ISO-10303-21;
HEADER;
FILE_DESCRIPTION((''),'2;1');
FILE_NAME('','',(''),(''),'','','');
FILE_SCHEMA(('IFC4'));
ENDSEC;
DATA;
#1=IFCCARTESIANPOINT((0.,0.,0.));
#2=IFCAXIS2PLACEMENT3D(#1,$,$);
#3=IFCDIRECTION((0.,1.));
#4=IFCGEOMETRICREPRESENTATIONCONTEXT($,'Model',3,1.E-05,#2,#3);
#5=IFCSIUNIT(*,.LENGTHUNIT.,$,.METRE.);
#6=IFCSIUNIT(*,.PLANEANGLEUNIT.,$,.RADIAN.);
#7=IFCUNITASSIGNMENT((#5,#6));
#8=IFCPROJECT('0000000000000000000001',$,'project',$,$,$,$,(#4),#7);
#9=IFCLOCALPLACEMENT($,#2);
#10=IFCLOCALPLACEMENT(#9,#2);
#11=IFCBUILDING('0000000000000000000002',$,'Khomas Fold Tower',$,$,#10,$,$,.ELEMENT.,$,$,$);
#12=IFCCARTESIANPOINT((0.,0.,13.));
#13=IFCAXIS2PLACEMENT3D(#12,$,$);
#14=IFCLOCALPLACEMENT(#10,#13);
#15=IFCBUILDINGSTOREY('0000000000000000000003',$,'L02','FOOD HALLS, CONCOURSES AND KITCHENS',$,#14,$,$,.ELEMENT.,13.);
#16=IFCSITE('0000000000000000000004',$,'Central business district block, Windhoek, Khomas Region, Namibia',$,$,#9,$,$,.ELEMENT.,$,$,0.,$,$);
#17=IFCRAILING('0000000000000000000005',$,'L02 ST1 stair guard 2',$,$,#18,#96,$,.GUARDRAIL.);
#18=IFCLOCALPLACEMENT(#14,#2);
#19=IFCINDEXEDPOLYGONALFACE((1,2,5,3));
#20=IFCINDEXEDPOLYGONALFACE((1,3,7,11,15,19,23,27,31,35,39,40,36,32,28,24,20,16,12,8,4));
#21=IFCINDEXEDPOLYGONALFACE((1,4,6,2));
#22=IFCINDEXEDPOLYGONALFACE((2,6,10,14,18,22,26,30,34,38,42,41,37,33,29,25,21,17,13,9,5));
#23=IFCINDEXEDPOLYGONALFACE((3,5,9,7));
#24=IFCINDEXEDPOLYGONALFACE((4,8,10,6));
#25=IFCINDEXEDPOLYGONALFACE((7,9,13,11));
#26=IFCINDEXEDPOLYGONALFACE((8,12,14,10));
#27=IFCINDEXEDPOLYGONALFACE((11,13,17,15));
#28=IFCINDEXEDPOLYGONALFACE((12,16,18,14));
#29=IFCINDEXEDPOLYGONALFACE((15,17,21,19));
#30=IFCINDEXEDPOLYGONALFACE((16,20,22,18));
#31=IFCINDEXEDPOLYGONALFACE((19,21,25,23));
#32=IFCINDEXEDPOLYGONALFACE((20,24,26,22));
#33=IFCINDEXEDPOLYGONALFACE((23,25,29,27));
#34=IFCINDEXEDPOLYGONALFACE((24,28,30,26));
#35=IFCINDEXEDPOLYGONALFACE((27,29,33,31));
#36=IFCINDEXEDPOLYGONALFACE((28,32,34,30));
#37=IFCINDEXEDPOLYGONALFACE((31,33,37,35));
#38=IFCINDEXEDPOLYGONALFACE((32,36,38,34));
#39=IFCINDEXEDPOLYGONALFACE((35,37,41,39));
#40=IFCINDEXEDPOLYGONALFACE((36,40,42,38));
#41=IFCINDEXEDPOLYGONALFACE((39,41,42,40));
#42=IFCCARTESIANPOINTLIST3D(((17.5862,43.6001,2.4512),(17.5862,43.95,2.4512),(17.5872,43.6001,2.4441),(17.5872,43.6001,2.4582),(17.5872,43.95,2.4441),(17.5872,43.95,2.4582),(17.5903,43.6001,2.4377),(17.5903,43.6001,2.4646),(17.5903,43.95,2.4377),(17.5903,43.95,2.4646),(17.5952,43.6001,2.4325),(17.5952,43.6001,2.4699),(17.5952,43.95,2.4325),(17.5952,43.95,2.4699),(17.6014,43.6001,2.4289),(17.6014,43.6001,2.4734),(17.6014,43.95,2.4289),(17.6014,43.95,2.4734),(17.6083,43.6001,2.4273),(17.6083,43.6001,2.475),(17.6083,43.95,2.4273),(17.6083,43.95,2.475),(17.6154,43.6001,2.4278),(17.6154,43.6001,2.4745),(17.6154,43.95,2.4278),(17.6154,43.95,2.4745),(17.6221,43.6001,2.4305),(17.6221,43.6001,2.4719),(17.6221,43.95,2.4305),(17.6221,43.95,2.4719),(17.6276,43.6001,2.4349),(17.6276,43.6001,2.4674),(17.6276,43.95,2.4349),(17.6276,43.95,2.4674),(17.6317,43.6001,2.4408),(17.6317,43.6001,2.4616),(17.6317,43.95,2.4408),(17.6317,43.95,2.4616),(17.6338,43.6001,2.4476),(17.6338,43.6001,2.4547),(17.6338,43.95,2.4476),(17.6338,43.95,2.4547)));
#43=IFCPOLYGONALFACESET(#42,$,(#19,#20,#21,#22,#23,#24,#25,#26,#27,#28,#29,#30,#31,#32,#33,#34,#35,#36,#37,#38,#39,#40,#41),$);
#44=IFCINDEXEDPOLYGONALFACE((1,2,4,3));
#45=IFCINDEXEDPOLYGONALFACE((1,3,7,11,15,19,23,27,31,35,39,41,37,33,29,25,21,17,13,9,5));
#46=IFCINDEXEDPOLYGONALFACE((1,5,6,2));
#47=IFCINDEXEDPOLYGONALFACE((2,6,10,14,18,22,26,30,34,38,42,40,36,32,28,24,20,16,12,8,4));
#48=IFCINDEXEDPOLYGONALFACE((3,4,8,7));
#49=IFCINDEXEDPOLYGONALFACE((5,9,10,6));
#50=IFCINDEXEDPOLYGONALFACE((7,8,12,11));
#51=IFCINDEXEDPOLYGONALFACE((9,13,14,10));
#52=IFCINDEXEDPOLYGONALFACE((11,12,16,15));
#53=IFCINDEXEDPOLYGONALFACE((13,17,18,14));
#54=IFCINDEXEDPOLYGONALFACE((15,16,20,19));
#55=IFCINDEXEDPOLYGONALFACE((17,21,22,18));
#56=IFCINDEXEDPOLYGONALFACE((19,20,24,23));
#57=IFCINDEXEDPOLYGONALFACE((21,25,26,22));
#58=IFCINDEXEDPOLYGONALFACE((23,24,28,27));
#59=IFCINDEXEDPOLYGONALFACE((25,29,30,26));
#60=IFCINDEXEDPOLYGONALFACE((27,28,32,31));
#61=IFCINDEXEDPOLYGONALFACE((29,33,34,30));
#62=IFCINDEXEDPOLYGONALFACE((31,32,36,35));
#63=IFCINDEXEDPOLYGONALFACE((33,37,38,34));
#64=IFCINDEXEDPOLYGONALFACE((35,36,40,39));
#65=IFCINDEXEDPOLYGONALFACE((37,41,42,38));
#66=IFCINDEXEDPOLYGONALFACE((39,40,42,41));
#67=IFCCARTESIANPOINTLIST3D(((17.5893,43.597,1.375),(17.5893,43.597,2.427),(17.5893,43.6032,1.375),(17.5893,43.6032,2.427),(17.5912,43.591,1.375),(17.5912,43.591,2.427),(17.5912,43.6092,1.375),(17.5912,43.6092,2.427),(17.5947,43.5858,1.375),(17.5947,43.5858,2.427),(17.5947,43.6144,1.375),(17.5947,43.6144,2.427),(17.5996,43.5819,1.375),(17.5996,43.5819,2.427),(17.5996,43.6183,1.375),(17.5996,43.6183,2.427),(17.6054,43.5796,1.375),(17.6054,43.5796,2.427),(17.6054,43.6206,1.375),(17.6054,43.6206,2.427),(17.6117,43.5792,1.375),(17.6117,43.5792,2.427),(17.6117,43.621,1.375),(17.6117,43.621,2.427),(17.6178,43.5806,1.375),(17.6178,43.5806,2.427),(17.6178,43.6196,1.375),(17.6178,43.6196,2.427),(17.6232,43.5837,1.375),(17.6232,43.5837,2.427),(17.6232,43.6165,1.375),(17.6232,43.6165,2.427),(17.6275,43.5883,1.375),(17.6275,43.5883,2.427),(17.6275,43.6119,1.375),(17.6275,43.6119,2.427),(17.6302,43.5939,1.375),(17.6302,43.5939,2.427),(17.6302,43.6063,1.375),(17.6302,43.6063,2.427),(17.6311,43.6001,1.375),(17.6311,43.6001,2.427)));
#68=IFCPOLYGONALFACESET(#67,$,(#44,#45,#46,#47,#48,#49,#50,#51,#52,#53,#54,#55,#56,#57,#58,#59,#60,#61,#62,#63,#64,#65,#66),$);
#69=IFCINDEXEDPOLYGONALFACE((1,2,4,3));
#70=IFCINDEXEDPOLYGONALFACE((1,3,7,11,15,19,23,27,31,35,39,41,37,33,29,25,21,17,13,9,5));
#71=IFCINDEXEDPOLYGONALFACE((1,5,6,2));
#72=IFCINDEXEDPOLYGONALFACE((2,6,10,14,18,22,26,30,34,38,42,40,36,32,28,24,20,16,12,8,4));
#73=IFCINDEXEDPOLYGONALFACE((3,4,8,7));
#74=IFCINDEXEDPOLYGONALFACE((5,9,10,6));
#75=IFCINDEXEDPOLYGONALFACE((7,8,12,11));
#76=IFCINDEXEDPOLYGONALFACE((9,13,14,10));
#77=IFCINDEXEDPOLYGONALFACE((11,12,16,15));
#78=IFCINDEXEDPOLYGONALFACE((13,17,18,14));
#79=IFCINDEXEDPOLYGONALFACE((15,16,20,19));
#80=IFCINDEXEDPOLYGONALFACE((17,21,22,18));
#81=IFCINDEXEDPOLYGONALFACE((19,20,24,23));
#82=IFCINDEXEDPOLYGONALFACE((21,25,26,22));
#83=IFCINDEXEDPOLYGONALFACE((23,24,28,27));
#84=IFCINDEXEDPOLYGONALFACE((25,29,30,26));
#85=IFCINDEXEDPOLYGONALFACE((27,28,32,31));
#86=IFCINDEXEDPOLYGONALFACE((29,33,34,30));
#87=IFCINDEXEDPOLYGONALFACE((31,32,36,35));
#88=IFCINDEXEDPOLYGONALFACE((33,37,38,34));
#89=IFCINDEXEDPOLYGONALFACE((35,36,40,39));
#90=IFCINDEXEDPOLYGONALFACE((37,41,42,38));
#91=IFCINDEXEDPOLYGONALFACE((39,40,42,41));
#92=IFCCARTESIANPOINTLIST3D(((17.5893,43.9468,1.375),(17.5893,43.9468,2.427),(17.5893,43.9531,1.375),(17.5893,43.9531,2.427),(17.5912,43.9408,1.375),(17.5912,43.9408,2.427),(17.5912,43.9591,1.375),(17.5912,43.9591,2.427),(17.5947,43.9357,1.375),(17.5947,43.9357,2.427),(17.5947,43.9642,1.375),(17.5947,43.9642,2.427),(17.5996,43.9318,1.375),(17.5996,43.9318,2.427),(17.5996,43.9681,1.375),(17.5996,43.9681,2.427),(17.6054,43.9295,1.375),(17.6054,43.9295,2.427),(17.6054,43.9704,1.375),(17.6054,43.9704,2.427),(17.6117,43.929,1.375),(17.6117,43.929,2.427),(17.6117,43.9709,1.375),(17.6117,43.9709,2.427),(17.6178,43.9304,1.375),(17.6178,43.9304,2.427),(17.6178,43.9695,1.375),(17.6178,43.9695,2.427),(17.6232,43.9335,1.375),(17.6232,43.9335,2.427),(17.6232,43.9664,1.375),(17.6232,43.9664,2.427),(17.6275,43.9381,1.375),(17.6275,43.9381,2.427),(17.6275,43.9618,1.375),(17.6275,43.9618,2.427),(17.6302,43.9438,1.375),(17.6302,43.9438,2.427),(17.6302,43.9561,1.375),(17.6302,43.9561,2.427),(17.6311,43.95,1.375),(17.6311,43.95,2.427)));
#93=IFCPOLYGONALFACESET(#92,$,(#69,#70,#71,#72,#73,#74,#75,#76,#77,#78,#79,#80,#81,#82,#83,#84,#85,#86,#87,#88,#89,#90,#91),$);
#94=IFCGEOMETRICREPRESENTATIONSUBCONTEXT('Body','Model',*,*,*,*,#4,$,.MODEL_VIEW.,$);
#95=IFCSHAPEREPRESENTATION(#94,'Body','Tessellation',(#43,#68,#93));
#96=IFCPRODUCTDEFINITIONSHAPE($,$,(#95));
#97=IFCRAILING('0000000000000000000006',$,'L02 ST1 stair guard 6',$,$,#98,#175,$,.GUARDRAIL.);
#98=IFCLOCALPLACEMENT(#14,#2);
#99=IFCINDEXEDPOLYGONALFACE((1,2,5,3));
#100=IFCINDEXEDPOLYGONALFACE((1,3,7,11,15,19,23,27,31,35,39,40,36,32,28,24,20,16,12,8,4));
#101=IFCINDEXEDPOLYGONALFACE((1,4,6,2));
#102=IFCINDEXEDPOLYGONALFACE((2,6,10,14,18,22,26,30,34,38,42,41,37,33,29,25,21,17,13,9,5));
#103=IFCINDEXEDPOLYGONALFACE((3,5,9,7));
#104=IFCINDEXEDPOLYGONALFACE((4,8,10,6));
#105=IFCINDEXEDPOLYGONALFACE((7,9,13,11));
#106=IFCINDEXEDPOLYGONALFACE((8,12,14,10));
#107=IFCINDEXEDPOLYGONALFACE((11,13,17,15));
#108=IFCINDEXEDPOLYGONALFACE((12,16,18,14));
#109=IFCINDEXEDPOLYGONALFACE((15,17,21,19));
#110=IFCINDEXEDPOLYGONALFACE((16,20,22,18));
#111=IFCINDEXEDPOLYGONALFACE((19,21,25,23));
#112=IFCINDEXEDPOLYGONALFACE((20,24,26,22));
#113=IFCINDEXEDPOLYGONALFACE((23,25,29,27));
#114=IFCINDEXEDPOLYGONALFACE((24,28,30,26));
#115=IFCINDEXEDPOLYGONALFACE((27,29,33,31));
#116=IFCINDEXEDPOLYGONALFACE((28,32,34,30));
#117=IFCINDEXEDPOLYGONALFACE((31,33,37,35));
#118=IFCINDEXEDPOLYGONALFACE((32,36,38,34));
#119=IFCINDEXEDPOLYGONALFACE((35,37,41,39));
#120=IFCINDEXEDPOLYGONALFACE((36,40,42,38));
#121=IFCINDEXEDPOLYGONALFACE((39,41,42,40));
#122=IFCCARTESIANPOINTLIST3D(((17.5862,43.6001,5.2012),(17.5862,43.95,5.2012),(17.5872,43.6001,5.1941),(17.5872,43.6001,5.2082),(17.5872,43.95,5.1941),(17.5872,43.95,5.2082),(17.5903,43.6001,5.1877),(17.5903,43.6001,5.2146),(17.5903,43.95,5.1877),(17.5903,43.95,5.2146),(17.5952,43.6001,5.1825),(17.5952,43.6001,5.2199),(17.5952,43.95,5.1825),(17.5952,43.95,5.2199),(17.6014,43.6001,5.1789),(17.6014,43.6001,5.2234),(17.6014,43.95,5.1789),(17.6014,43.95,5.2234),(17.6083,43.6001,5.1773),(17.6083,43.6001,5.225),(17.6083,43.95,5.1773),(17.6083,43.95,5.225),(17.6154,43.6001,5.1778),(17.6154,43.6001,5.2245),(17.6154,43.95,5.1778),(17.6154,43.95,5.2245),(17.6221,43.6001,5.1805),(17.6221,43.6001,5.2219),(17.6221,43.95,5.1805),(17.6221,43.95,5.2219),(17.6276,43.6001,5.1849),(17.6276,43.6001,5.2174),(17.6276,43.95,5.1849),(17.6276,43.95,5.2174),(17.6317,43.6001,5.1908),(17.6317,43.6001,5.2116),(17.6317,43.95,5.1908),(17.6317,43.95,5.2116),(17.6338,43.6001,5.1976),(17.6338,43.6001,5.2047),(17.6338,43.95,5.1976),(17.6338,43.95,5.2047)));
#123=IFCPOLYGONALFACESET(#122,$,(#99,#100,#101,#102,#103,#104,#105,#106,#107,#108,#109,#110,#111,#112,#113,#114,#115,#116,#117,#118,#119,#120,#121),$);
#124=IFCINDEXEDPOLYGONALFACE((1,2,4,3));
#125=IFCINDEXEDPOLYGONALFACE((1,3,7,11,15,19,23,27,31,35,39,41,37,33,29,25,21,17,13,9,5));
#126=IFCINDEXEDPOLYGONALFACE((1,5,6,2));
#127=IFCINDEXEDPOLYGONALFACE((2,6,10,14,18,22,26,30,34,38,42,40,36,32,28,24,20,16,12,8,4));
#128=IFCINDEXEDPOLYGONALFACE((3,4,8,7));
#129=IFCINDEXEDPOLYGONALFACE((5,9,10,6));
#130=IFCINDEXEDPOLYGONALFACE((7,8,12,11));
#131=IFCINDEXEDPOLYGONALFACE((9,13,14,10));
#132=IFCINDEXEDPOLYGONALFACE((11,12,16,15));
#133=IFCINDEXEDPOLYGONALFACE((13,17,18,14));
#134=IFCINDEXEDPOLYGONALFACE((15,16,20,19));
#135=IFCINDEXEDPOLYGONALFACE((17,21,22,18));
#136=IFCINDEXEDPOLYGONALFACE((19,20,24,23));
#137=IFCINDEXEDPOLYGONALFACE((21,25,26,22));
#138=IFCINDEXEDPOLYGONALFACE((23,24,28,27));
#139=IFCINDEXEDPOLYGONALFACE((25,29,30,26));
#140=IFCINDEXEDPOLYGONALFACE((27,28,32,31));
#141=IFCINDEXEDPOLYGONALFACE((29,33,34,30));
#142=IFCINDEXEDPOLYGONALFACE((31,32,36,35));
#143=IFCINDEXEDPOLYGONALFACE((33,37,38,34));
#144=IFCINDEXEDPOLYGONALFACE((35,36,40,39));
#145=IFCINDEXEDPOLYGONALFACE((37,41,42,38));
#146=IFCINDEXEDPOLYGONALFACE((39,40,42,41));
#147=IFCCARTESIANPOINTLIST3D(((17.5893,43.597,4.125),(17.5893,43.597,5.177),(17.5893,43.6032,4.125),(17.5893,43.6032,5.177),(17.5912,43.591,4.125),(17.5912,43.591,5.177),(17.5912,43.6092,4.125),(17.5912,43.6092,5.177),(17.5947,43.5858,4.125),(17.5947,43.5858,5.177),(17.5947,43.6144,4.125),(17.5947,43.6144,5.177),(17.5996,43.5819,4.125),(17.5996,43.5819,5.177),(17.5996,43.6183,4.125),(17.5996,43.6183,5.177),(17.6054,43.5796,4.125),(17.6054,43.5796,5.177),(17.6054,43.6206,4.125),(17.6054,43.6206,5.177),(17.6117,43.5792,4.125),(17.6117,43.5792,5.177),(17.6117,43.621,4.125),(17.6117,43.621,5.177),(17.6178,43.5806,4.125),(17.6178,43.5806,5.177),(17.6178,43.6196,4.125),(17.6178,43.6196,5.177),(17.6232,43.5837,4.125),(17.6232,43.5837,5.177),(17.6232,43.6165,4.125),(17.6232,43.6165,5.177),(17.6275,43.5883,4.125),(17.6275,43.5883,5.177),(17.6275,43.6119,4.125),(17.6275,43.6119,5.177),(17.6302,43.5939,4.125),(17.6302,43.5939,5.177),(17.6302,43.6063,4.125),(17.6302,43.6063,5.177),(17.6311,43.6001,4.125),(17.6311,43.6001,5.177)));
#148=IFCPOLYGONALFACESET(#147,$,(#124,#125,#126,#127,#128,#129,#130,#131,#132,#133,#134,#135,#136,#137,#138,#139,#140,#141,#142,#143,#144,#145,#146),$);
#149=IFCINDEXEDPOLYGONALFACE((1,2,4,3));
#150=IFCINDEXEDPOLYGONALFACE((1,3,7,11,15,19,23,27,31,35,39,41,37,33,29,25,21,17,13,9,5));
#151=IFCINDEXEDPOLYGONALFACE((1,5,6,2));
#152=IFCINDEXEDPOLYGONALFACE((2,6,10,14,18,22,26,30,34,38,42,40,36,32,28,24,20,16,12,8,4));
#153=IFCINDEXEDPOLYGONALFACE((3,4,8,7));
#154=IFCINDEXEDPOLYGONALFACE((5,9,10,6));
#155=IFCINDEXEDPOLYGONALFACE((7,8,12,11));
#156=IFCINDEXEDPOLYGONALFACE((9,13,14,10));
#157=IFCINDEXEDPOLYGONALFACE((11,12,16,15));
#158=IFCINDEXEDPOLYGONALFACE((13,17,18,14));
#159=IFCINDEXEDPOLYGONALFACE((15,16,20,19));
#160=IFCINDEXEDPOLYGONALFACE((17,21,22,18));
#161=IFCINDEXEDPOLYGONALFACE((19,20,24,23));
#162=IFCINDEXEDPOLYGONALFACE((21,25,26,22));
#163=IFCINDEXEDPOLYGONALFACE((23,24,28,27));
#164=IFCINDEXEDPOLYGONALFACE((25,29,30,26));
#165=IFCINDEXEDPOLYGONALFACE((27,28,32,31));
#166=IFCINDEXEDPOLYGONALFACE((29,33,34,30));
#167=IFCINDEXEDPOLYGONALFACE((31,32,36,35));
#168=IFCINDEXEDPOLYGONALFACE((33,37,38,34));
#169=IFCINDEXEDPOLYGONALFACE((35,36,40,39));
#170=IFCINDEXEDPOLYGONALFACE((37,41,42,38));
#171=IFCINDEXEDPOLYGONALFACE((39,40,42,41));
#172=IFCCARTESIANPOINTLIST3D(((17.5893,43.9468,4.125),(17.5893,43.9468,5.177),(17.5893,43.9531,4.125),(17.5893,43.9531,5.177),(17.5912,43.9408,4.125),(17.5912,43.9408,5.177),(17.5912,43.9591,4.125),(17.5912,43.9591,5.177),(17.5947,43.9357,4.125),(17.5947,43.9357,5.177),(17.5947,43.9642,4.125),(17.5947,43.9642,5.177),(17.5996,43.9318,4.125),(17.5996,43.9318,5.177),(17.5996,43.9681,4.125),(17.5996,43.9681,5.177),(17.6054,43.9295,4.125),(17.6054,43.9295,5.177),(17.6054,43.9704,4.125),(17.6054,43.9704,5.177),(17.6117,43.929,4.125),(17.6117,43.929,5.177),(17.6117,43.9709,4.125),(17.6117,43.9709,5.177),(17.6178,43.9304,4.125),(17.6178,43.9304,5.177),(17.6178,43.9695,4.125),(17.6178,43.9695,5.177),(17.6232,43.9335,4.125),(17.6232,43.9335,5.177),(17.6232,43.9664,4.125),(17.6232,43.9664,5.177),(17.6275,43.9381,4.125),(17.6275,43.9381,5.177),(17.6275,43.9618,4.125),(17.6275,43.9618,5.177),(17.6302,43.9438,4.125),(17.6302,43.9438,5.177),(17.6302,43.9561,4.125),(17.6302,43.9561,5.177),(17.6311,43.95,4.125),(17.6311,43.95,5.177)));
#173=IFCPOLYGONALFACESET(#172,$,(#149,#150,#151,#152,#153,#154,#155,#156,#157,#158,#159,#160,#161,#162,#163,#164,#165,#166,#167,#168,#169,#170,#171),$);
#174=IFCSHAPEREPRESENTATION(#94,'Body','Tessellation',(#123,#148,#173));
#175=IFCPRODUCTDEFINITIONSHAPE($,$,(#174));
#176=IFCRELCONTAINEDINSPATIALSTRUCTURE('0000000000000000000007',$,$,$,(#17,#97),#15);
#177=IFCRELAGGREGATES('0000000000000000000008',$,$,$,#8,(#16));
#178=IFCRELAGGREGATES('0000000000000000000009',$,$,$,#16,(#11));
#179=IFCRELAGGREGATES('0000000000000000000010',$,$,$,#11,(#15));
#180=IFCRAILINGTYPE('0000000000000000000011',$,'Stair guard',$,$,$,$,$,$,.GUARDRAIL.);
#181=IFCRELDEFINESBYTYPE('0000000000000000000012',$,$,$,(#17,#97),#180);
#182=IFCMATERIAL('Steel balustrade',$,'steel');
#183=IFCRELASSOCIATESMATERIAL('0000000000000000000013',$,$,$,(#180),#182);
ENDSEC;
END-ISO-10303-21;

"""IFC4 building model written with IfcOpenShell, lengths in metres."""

from ifc_helpers import new_model, si_unit, direction, frame, origin, origin_2d, place, context, subcontext, project, spatial, circle, extrude, source, transform, mapped, material, type_object, element, save


model = new_model("IFC4")

# Units and contexts
model_context = context("Model", 3, precision=1e-05, world=origin(), true_north=direction((0.0, 1.0)))
body_context = subcontext(model_context, "Body", "Model", "MODEL_VIEW")
ifc_project = project(units=[si_unit("LENGTHUNIT", "METRE"), si_unit("PLANEANGLEUNIT", "RADIAN")], contexts=[model_context])

# Site, building, storey
site_placement = place(None, origin())
site = spatial("IfcSite", under=ifc_project, at=site_placement, Name="Central business district block, Windhoek, Khomas Region, Namibia", CompositionType="ELEMENT", RefElevation=0.0)
building_placement = place(site_placement, origin())
building = spatial("IfcBuilding", under=site, at=building_placement, Name="Khomas Fold Tower", CompositionType="ELEMENT")
storey_placement = place(building_placement, frame((0.0, 0.0, 13.0)))
storey = spatial("IfcBuildingStorey", under=building, at=storey_placement, Name="L02", Description="FOOD HALLS, CONCOURSES AND KITCHENS", CompositionType="ELEMENT", Elevation=13.0)

# Railings
ifc_material_1 = material(Name="Steel balustrade", Category="steel")
railing_type_1 = type_object("IfcRailingType", Name="Stair guard", PredefinedType="GUARDRAIL", material=ifc_material_1)
shared_shape_1 = source(origin(), body_context, "Body", "SweptSolid", [
    extrude(circle(Radius=0.0239, at=origin_2d()), frame((0.0, 0.0, 1.0762), z_axis=(0.0, 1.0, 0.0), x_axis=(-1.0, 0.0, 0.0)), (0.0, 0.0, 1.0), 0.3499),
    extrude(circle(Radius=0.021, at=origin_2d()), origin(), (0.0, 0.0, 1.0), 1.052),
    extrude(circle(Radius=0.021, at=origin_2d()), frame((0.0, 0.3499, 0.0)), (0.0, 0.0, 1.0), 1.052),
])
for number, where, name in (
    (1, (17.6101, 43.6001, 1.375), "L02 ST1 stair guard 2"),
    (2, (17.6101, 43.6001, 4.125), "L02 ST1 stair guard 6"),
):
    element("IfcRailing", number, at=place(storey_placement, frame(where)), inside=storey, type_object=railing_type_1, Name=name, PredefinedType="GUARDRAIL", context=body_context, shape_type="MappedRepresentation", body=[
        mapped(shared_shape_1, transform((0.0, 0.0, 0.0))),
    ])

save(model, "model.ifc")
